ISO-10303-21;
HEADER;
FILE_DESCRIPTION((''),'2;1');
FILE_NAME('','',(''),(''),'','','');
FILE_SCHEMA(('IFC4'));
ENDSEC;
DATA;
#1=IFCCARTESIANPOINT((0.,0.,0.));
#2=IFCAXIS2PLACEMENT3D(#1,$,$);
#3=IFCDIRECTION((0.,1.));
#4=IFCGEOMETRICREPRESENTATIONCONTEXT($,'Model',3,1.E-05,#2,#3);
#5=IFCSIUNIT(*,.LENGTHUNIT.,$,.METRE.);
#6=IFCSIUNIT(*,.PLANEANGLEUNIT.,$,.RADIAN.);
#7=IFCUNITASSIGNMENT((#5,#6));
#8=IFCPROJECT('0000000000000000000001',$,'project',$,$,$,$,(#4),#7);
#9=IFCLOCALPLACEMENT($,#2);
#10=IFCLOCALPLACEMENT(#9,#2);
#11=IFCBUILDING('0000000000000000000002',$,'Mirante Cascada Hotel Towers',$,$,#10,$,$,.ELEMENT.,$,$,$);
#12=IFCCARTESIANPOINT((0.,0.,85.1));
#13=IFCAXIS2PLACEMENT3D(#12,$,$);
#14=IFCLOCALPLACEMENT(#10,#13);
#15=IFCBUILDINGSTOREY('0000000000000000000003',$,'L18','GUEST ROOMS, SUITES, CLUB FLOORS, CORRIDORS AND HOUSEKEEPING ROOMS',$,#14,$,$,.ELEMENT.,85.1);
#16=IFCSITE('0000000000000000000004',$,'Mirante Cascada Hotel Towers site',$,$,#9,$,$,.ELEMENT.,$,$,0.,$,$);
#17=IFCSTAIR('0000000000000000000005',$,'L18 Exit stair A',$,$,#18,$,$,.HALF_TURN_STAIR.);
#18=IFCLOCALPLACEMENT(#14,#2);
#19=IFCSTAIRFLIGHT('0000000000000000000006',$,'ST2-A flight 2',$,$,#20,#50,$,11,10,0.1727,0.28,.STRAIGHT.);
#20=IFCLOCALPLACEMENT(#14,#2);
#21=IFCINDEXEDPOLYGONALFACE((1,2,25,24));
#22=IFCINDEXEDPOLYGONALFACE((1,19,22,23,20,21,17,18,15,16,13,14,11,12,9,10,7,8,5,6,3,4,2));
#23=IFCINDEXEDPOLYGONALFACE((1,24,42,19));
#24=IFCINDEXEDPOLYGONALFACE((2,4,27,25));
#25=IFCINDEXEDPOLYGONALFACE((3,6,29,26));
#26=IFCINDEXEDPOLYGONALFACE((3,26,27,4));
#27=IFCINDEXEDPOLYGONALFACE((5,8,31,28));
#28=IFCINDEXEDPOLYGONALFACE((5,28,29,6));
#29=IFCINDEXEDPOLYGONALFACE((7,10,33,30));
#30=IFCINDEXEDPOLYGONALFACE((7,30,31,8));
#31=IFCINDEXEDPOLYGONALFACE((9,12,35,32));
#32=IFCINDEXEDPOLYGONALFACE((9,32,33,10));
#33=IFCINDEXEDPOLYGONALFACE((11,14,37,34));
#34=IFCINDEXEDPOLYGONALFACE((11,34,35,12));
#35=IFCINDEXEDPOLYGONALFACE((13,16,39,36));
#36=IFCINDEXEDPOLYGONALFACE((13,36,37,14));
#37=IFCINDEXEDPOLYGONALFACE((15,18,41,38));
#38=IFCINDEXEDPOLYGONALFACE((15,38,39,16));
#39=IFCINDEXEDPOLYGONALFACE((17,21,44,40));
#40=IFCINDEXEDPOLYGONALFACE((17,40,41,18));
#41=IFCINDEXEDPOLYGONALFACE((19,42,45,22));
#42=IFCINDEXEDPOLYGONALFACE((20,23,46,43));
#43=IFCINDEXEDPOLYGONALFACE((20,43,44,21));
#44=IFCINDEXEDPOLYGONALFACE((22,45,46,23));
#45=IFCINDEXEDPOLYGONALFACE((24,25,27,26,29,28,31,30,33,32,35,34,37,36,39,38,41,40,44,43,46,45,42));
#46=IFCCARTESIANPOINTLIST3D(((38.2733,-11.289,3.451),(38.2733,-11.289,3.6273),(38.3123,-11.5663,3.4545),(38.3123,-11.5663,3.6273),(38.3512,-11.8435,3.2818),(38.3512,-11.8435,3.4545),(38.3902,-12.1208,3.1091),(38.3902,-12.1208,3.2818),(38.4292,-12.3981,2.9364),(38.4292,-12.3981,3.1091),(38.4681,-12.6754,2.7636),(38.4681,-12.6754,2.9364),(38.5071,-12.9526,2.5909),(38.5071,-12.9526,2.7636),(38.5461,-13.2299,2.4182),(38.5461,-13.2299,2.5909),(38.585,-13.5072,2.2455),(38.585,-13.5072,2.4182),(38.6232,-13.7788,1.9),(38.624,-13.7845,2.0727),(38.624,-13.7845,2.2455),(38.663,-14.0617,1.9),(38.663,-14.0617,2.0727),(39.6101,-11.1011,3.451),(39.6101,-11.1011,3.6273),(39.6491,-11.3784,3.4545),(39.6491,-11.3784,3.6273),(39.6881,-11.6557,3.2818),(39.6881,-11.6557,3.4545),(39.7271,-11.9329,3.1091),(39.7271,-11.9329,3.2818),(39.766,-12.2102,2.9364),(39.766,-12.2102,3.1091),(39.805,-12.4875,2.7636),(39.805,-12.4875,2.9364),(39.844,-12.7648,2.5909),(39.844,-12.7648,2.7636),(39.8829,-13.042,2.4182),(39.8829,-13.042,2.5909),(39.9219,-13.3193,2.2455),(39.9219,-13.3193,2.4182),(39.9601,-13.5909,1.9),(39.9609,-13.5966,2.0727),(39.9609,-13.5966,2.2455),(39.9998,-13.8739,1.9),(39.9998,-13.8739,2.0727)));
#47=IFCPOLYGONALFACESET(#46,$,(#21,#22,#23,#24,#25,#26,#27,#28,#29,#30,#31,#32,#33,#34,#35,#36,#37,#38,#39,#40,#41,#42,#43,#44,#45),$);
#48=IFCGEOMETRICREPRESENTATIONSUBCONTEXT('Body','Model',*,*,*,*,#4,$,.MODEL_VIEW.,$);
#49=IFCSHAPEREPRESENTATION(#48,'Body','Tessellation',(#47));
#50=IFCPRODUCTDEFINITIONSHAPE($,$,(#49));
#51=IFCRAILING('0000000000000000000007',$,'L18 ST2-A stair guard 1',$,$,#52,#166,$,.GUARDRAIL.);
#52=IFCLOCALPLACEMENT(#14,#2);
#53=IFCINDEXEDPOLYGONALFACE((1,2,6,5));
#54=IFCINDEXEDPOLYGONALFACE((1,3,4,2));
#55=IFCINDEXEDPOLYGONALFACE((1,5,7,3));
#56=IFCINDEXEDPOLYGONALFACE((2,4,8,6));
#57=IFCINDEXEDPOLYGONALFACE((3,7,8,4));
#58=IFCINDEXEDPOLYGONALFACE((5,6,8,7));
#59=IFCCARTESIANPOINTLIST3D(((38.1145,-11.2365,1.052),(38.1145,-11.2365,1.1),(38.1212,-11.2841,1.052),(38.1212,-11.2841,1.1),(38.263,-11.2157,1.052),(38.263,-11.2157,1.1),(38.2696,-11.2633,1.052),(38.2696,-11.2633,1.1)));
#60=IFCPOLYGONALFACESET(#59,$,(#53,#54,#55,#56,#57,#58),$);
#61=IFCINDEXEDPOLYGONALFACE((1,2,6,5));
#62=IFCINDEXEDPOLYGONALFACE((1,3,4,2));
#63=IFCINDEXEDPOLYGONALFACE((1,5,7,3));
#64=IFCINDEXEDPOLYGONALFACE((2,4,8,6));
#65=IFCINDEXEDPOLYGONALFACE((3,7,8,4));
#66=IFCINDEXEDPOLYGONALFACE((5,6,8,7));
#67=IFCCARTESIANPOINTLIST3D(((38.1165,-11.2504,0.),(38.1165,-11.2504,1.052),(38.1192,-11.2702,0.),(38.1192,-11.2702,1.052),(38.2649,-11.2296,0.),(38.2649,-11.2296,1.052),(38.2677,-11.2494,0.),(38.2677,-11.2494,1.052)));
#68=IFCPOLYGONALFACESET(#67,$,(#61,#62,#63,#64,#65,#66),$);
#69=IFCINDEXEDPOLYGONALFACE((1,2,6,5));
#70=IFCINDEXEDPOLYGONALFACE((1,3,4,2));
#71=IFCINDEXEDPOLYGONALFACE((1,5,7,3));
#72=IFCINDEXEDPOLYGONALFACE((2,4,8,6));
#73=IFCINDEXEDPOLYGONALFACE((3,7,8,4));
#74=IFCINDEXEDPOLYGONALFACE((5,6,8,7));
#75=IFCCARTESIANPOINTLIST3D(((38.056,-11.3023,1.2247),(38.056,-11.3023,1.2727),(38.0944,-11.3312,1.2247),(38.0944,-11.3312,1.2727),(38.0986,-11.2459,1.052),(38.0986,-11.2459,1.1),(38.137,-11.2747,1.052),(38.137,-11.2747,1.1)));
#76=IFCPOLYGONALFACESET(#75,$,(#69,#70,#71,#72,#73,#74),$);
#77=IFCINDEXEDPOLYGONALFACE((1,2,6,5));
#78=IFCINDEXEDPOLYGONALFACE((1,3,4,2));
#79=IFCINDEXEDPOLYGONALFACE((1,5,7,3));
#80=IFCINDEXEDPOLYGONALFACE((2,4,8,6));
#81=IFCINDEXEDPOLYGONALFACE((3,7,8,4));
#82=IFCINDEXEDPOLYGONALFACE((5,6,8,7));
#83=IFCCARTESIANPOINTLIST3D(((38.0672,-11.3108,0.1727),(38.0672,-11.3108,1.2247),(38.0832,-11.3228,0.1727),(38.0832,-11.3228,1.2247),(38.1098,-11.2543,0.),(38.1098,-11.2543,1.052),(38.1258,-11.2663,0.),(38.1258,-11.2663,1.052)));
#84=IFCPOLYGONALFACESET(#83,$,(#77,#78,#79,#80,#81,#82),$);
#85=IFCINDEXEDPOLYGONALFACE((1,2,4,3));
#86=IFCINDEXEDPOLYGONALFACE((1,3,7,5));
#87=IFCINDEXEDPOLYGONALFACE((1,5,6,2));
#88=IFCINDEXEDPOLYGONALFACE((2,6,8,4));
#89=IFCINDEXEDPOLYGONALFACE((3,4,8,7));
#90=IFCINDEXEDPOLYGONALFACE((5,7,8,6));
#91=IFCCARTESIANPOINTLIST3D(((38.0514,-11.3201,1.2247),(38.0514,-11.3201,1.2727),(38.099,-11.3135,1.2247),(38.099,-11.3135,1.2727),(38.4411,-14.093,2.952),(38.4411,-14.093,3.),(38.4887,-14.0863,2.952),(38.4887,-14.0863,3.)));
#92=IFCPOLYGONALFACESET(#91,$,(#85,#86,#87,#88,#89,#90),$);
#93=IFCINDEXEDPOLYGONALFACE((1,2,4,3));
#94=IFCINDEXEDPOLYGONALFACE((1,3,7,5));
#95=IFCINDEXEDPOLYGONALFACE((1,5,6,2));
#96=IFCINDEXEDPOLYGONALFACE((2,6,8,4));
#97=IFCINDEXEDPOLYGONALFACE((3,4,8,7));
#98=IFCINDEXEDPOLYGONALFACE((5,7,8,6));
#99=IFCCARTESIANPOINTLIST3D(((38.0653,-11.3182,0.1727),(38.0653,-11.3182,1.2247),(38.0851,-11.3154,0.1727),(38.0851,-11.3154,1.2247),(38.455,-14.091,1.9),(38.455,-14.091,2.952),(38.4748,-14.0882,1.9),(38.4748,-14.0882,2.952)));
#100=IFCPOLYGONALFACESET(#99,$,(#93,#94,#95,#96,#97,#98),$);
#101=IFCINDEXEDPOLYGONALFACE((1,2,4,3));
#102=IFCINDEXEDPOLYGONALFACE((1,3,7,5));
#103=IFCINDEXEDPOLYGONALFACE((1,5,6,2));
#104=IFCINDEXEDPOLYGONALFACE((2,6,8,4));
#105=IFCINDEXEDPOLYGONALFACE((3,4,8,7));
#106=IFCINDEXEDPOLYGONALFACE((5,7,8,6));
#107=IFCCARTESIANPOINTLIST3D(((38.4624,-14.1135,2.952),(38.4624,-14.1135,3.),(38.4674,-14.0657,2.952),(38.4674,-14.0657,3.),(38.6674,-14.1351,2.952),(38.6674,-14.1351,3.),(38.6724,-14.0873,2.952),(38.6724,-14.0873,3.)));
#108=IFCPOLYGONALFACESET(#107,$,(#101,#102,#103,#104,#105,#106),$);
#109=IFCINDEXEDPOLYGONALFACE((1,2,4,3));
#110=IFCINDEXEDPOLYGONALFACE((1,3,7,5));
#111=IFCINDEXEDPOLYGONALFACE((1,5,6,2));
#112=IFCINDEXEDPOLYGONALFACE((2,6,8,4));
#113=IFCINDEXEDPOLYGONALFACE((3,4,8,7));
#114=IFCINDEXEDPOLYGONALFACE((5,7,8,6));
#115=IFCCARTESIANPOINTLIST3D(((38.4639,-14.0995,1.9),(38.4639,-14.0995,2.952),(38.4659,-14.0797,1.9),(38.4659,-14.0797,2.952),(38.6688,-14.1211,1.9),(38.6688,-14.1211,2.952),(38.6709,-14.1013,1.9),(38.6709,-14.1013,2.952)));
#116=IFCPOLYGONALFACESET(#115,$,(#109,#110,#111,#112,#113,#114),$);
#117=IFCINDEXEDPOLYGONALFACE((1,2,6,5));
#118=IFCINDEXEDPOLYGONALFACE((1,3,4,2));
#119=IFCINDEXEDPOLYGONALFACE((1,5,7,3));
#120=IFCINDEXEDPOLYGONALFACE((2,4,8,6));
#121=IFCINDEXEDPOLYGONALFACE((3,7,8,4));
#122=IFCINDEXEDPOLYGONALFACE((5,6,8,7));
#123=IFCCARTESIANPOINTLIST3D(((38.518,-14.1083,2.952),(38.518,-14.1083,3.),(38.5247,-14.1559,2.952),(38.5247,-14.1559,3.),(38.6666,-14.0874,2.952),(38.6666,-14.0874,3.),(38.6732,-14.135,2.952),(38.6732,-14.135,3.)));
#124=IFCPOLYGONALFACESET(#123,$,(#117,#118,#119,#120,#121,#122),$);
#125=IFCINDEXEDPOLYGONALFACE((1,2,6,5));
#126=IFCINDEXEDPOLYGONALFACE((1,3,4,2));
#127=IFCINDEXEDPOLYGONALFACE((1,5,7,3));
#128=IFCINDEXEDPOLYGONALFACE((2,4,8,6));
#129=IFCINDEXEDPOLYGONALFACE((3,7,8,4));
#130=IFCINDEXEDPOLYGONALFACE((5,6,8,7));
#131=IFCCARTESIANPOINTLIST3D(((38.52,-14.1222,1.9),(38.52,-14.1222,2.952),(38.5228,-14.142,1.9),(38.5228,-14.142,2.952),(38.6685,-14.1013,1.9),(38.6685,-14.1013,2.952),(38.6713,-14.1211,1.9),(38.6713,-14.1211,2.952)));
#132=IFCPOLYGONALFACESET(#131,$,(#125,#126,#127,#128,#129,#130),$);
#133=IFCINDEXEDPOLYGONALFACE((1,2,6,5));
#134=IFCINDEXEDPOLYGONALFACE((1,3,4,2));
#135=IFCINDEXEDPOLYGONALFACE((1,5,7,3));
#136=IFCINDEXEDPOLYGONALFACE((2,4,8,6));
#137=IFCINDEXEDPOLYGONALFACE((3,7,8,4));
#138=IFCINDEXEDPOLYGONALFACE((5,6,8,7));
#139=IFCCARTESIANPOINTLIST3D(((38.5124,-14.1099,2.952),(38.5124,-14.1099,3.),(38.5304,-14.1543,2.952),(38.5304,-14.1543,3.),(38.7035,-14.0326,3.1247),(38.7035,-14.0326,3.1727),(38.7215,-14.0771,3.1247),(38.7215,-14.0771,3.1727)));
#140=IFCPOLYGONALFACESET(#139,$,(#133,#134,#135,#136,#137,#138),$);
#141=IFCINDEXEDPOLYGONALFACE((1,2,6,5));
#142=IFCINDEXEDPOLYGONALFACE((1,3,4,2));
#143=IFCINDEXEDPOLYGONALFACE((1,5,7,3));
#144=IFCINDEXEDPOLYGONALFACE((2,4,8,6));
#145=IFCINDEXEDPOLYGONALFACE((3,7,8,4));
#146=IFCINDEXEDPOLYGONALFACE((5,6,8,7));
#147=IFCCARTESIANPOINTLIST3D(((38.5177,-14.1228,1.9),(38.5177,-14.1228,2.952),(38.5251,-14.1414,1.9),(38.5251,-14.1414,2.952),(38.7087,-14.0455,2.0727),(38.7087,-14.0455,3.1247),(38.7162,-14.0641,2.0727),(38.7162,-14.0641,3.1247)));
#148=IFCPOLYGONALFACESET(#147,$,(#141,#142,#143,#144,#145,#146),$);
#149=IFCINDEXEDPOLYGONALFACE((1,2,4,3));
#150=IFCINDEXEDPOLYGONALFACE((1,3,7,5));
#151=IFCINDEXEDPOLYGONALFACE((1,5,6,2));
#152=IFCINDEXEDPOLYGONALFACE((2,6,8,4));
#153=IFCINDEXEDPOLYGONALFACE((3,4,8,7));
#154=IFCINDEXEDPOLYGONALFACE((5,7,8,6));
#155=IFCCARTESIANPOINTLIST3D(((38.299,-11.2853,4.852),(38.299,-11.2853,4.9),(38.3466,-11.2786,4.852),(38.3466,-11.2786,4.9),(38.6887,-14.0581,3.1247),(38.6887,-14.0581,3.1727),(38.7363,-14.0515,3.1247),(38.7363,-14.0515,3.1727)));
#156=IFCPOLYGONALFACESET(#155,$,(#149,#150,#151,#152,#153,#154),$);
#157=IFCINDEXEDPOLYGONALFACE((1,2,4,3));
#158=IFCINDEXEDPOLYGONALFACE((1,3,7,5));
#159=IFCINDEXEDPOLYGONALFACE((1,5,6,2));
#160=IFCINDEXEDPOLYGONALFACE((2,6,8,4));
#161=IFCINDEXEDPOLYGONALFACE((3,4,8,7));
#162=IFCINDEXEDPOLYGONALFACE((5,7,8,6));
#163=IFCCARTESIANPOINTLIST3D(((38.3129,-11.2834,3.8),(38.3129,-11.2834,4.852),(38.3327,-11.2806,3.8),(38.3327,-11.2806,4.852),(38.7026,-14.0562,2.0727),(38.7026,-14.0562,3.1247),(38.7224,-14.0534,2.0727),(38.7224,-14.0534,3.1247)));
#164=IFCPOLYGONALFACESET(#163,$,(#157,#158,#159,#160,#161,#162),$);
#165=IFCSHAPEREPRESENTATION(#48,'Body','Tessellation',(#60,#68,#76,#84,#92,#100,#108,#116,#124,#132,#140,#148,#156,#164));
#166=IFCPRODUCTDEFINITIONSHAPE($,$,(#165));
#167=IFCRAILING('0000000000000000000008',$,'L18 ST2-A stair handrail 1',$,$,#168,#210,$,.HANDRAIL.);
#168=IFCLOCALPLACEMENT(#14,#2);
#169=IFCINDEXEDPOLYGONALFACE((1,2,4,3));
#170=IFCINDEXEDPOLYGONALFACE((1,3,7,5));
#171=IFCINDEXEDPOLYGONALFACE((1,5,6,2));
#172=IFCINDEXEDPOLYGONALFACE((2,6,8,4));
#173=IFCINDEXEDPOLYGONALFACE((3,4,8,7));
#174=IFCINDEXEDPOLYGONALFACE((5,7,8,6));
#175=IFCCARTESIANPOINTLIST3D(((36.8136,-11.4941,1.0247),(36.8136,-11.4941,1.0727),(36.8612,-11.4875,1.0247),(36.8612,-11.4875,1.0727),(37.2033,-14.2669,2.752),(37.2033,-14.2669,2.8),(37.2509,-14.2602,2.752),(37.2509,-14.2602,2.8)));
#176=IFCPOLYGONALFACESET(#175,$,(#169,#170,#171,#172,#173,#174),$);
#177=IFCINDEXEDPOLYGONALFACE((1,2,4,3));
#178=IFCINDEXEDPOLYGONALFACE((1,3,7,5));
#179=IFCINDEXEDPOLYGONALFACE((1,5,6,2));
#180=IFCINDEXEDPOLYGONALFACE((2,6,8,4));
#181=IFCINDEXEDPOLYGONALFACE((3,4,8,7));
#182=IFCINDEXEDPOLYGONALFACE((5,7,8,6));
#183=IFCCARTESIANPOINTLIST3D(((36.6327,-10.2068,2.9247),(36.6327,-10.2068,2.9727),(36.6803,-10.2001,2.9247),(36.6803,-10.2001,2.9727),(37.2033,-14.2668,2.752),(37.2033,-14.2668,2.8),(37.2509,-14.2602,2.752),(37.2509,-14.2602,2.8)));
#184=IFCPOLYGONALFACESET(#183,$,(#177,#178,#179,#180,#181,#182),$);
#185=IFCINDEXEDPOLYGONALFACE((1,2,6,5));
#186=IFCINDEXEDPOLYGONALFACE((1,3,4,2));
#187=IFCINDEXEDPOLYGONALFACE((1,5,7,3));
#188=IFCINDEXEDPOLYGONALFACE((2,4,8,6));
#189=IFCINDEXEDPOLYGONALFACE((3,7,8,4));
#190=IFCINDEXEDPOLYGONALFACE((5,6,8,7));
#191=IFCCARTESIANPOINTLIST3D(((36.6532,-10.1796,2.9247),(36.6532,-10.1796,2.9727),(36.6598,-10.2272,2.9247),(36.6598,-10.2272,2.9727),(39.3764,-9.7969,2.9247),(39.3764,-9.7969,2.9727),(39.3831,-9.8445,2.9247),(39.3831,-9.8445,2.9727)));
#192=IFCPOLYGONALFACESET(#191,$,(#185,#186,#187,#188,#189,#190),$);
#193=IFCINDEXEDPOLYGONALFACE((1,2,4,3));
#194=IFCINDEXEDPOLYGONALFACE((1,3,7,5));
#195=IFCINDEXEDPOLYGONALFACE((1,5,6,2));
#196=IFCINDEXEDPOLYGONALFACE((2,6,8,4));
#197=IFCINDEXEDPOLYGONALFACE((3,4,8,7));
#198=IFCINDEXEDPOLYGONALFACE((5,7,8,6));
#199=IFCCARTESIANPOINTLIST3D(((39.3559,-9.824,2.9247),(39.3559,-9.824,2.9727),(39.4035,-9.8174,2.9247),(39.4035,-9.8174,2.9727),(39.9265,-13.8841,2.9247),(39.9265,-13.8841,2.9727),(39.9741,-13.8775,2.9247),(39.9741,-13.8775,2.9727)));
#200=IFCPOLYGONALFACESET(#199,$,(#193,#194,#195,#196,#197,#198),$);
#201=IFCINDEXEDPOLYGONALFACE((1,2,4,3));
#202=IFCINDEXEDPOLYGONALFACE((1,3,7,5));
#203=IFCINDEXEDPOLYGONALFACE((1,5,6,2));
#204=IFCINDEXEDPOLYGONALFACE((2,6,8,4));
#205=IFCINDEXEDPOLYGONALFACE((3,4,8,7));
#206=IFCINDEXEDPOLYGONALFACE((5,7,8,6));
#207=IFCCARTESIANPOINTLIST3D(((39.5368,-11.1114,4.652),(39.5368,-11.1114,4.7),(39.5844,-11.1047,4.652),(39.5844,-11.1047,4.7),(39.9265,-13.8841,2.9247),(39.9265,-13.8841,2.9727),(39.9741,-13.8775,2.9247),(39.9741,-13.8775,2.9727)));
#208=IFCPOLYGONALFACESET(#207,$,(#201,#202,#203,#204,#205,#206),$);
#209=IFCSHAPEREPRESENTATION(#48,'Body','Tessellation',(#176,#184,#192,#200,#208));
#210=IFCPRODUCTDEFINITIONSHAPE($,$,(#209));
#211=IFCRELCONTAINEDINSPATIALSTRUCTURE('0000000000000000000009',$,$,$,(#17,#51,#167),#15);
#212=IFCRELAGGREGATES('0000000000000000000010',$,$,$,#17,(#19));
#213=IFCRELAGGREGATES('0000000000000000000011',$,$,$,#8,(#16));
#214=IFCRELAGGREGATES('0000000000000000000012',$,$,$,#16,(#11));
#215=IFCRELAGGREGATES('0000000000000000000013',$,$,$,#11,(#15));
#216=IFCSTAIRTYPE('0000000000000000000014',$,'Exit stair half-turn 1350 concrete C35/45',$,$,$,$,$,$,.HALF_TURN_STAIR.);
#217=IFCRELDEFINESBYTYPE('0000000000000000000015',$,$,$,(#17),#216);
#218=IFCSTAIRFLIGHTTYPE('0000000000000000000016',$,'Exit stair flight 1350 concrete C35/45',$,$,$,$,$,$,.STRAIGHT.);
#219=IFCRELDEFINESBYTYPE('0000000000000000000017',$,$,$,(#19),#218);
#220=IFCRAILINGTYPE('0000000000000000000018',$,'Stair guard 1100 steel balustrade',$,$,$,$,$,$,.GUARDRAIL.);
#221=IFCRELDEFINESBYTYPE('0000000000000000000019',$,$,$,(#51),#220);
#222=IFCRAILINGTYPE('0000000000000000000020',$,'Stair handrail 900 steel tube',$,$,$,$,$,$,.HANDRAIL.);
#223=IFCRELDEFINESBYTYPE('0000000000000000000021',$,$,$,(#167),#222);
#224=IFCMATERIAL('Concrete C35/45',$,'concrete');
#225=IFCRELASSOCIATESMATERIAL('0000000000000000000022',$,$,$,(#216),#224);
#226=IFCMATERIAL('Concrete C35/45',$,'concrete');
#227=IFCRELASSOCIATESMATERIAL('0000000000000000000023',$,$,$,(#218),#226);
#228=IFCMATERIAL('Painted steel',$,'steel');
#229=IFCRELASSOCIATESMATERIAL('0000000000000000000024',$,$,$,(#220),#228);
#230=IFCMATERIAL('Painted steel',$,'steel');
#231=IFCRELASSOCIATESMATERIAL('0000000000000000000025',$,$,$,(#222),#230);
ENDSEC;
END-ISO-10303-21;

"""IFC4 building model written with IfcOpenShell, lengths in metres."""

from ifc_helpers import new_model, si_unit, direction, frame, origin, origin_2d, place, context, subcontext, project, spatial, polyline, rectangle, outline, extrude, material, type_object, element, aggregate, save


model = new_model("IFC4")

# Units and contexts
model_context = context("Model", 3, precision=1e-05, world=origin(), true_north=direction((0.0, 1.0)))
body_context = subcontext(model_context, "Body", "Model", "MODEL_VIEW")
ifc_project = project(units=[si_unit("LENGTHUNIT", "METRE"), si_unit("PLANEANGLEUNIT", "RADIAN")], contexts=[model_context])

# Site, building, storey
site_placement = place(None, origin())
site = spatial("IfcSite", under=ifc_project, at=site_placement, Name="Mirante Cascada Hotel Towers site", CompositionType="ELEMENT", RefElevation=0.0)
building_placement = place(site_placement, origin())
building = spatial("IfcBuilding", under=site, at=building_placement, Name="Mirante Cascada Hotel Towers", CompositionType="ELEMENT")
storey_placement = place(building_placement, frame((0.0, 0.0, 85.1)))
storey = spatial("IfcBuildingStorey", under=building, at=storey_placement, Name="L18", Description="GUEST ROOMS, SUITES, CLUB FLOORS, CORRIDORS AND HOUSEKEEPING ROOMS", CompositionType="ELEMENT", Elevation=85.1)

# Stair, stair flight
ifc_material_1 = material(Name="Concrete C35/45", Category="concrete")
stair_type = type_object("IfcStairType", Name="Exit stair half-turn 1350 concrete C35/45", PredefinedType="HALF_TURN_STAIR", material=ifc_material_1)
stair_placement = place(storey_placement, origin())
stair = element("IfcStair", 1, at=stair_placement, inside=storey, type_object=stair_type, Name="L18 Exit stair A", PredefinedType="HALF_TURN_STAIR")
ifc_material_2 = material(Name="Concrete C35/45", Category="concrete")
stair_flight_type = type_object("IfcStairFlightType", Name="Exit stair flight 1350 concrete C35/45", PredefinedType="STRAIGHT", material=ifc_material_2)
stair_flight_1_placement = place(storey_placement, frame((39.3314, -13.9678, 1.9), z_axis=(0.0, 0.0, 1.0), x_axis=(-0.139173, 0.990268, 0.0)))
stair_flight_1 = element("IfcStairFlight", 2, at=stair_flight_1_placement, type_object=stair_flight_type, Name="ST2-A flight 2", NumberOfRisers=11, NumberOfTreads=10, PredefinedType="STRAIGHT", RiserHeight=0.1727, TreadLength=0.28, context=body_context, shape_type="SweptSolid", body=[
    extrude(outline(polyline([(0.0, 0.0), (0.0, 0.1727), (0.28, 0.1727), (0.28, 0.3455), (0.56, 0.3455), (0.56, 0.5182), (0.84, 0.5182), (0.84, 0.6909), (1.12, 0.6909), (1.12, 0.8636), (1.4, 0.8636), (1.4, 1.0364), (1.68, 1.0364), (1.68, 1.2091), (1.96, 1.2091), (1.96, 1.3818), (2.24, 1.3818), (2.24, 1.5545), (2.52, 1.5545), (2.52, 1.7273), (2.8, 1.7273), (2.8, 1.9), (2.8, 1.551), (0.2857, 0.0), (0.0, 0.0)])), frame((0.0, 0.675, 0.0), z_axis=(0.0, -1.0, 0.0), x_axis=(1.0, 0.0, 0.0)), (0.0, 0.0, 1.0), 1.35),
])
aggregate(stair, [stair_flight_1])

# Railings
ifc_material_3 = material(Name="Painted steel", Category="steel")
railing_type_1 = type_object("IfcRailingType", Name="Stair guard 1100 steel balustrade", PredefinedType="GUARDRAIL", material=ifc_material_3)
railing_1_placement = place(storey_placement, frame((38.2663, -11.2395, 0.0)))
element("IfcRailing", 3, at=railing_1_placement, inside=storey, type_object=railing_type_1, Name="L18 ST2-A stair guard 1", PredefinedType="GUARDRAIL", context=body_context, shape_type="SweptSolid", body=[
    extrude(rectangle(XDim=0.048, YDim=0.048, at=origin_2d()), frame((0.0, 0.0, 1.076), z_axis=(-0.990333, -0.138713, 0.0), x_axis=(0.138713, -0.990333, 0.0)), (0.0, 0.0, 1.0), 0.1499),
    extrude(rectangle(XDim=0.02, YDim=1.052, at=origin_2d()), frame((0.0, 0.0, 0.526), z_axis=(-0.990333, -0.138713, 0.0), x_axis=(0.138713, -0.990333, 0.0)), (0.0, 0.0, 1.0), 0.1499),
    extrude(rectangle(XDim=0.048, YDim=0.048, at=origin_2d()), frame((-0.1485, -0.0208, 1.076), z_axis=(-0.602033, -0.798471, 0.0), x_axis=(0.798471, -0.602033, 0.0)), (0.0, 0.92534, 0.379139), 0.1866),
    extrude(rectangle(XDim=0.02, YDim=1.052, at=origin_2d()), frame((-0.1485, -0.0208, 0.526), z_axis=(-0.602033, -0.798471, 0.0), x_axis=(0.798471, -0.602033, 0.0)), (0.0, 0.92534, 0.379139), 0.1866),
    extrude(rectangle(XDim=0.048, YDim=0.048, at=origin_2d()), frame((-0.1911, -0.0773, 1.2487), z_axis=(0.139176, -0.990268, 0.0), x_axis=(0.990268, 0.139176, 0.0)), (0.0, 0.525021, 0.851089), 3.29),
    extrude(rectangle(XDim=0.02, YDim=1.052, at=origin_2d()), frame((-0.1911, -0.0773, 0.6987), z_axis=(0.139176, -0.990268, 0.0), x_axis=(0.990268, 0.139176, 0.0)), (0.0, 0.525021, 0.851089), 3.29),
    extrude(rectangle(XDim=0.048, YDim=0.048, at=origin_2d()), frame((0.1986, -2.8501, 2.976), z_axis=(0.994495, -0.104786, 0.0), x_axis=(0.104786, 0.994495, 0.0)), (0.0, 0.0, 1.0), 0.2061),
    extrude(rectangle(XDim=0.02, YDim=1.052, at=origin_2d()), frame((0.1986, -2.8501, 2.426), z_axis=(0.994495, -0.104786, 0.0), x_axis=(0.104786, 0.994495, 0.0)), (0.0, 0.0, 1.0), 0.2061),
    extrude(rectangle(XDim=0.048, YDim=0.048, at=origin_2d()), frame((0.4036, -2.8717, 2.976), z_axis=(-0.990241, -0.139367, 0.0), x_axis=(0.139367, -0.990241, 0.0)), (0.0, 0.0, 1.0), 0.15),
    extrude(rectangle(XDim=0.02, YDim=1.052, at=origin_2d()), frame((0.4036, -2.8717, 2.426), z_axis=(-0.990241, -0.139367, 0.0), x_axis=(0.139367, -0.990241, 0.0)), (0.0, 0.0, 1.0), 0.15),
    extrude(rectangle(XDim=0.048, YDim=0.048, at=origin_2d()), frame((0.2551, -2.8926, 2.976), z_axis=(0.927031, 0.374984, 0.0), x_axis=(-0.374984, 0.927031, 0.0)), (0.0, 0.64219, 0.766545), 0.2689),
    extrude(rectangle(XDim=0.02, YDim=1.052, at=origin_2d()), frame((0.2551, -2.8926, 2.426), z_axis=(0.927031, 0.374984, 0.0), x_axis=(-0.374984, 0.927031, 0.0)), (0.0, 0.64219, 0.766545), 0.2689),
    extrude(rectangle(XDim=0.048, YDim=0.048, at=origin_2d()), frame((0.4462, -2.8153, 3.1487), z_axis=(-0.139176, 0.990268, 0.0), x_axis=(-0.990268, -0.139176, 0.0)), (0.0, 0.525021, 0.851089), 3.29),
    extrude(rectangle(XDim=0.02, YDim=1.052, at=origin_2d()), frame((0.4462, -2.8153, 2.5987), z_axis=(-0.139176, 0.990268, 0.0), x_axis=(-0.990268, -0.139176, 0.0)), (0.0, 0.525021, 0.851089), 3.29),
])
ifc_material_4 = material(Name="Painted steel", Category="steel")
railing_type_2 = type_object("IfcRailingType", Name="Stair handrail 900 steel tube", PredefinedType="HANDRAIL", material=ifc_material_4)
railing_2_placement = place(storey_placement, frame((36.8374, -11.4908, 0.1727)))
element("IfcRailing", 4, at=railing_2_placement, inside=storey, type_object=railing_type_2, Name="L18 ST2-A stair handrail 1", PredefinedType="HANDRAIL", context=body_context, shape_type="SweptSolid", body=[
    extrude(rectangle(XDim=0.048, YDim=0.048, at=origin_2d()), frame((0.0, 0.0, 0.876), z_axis=(0.139181, -0.990267, 0.0), x_axis=(0.990267, 0.139181, 0.0)), (0.0, 0.525035, 0.851081), 3.2899),
    extrude(rectangle(XDim=0.048, YDim=0.048, at=origin_2d()), frame((0.3897, -2.7727, 2.6033), z_axis=(-0.139171, 0.990268, 0.0), x_axis=(-0.990268, -0.139171, 0.0)), (0.0, 0.042085, 0.999114), 4.1036),
    extrude(rectangle(XDim=0.048, YDim=0.048, at=origin_2d()), frame((-0.1809, 1.2874, 2.776), z_axis=(0.990269, 0.139166, 0.0), x_axis=(-0.139166, 0.990269, 0.0)), (0.0, 0.0, 1.0), 2.75),
    extrude(rectangle(XDim=0.048, YDim=0.048, at=origin_2d()), frame((2.5423, 1.6701, 2.776), z_axis=(0.139171, -0.990268, 0.0), x_axis=(0.990268, 0.139171, 0.0)), (0.0, 0.0, 1.0), 4.1),
    extrude(rectangle(XDim=0.048, YDim=0.048, at=origin_2d()), frame((3.1129, -2.39, 2.776), z_axis=(-0.139181, 0.990267, 0.0), x_axis=(-0.990267, -0.139181, 0.0)), (0.0, 0.525035, 0.851081), 3.2899),
])

save(model, "model.ifc")
